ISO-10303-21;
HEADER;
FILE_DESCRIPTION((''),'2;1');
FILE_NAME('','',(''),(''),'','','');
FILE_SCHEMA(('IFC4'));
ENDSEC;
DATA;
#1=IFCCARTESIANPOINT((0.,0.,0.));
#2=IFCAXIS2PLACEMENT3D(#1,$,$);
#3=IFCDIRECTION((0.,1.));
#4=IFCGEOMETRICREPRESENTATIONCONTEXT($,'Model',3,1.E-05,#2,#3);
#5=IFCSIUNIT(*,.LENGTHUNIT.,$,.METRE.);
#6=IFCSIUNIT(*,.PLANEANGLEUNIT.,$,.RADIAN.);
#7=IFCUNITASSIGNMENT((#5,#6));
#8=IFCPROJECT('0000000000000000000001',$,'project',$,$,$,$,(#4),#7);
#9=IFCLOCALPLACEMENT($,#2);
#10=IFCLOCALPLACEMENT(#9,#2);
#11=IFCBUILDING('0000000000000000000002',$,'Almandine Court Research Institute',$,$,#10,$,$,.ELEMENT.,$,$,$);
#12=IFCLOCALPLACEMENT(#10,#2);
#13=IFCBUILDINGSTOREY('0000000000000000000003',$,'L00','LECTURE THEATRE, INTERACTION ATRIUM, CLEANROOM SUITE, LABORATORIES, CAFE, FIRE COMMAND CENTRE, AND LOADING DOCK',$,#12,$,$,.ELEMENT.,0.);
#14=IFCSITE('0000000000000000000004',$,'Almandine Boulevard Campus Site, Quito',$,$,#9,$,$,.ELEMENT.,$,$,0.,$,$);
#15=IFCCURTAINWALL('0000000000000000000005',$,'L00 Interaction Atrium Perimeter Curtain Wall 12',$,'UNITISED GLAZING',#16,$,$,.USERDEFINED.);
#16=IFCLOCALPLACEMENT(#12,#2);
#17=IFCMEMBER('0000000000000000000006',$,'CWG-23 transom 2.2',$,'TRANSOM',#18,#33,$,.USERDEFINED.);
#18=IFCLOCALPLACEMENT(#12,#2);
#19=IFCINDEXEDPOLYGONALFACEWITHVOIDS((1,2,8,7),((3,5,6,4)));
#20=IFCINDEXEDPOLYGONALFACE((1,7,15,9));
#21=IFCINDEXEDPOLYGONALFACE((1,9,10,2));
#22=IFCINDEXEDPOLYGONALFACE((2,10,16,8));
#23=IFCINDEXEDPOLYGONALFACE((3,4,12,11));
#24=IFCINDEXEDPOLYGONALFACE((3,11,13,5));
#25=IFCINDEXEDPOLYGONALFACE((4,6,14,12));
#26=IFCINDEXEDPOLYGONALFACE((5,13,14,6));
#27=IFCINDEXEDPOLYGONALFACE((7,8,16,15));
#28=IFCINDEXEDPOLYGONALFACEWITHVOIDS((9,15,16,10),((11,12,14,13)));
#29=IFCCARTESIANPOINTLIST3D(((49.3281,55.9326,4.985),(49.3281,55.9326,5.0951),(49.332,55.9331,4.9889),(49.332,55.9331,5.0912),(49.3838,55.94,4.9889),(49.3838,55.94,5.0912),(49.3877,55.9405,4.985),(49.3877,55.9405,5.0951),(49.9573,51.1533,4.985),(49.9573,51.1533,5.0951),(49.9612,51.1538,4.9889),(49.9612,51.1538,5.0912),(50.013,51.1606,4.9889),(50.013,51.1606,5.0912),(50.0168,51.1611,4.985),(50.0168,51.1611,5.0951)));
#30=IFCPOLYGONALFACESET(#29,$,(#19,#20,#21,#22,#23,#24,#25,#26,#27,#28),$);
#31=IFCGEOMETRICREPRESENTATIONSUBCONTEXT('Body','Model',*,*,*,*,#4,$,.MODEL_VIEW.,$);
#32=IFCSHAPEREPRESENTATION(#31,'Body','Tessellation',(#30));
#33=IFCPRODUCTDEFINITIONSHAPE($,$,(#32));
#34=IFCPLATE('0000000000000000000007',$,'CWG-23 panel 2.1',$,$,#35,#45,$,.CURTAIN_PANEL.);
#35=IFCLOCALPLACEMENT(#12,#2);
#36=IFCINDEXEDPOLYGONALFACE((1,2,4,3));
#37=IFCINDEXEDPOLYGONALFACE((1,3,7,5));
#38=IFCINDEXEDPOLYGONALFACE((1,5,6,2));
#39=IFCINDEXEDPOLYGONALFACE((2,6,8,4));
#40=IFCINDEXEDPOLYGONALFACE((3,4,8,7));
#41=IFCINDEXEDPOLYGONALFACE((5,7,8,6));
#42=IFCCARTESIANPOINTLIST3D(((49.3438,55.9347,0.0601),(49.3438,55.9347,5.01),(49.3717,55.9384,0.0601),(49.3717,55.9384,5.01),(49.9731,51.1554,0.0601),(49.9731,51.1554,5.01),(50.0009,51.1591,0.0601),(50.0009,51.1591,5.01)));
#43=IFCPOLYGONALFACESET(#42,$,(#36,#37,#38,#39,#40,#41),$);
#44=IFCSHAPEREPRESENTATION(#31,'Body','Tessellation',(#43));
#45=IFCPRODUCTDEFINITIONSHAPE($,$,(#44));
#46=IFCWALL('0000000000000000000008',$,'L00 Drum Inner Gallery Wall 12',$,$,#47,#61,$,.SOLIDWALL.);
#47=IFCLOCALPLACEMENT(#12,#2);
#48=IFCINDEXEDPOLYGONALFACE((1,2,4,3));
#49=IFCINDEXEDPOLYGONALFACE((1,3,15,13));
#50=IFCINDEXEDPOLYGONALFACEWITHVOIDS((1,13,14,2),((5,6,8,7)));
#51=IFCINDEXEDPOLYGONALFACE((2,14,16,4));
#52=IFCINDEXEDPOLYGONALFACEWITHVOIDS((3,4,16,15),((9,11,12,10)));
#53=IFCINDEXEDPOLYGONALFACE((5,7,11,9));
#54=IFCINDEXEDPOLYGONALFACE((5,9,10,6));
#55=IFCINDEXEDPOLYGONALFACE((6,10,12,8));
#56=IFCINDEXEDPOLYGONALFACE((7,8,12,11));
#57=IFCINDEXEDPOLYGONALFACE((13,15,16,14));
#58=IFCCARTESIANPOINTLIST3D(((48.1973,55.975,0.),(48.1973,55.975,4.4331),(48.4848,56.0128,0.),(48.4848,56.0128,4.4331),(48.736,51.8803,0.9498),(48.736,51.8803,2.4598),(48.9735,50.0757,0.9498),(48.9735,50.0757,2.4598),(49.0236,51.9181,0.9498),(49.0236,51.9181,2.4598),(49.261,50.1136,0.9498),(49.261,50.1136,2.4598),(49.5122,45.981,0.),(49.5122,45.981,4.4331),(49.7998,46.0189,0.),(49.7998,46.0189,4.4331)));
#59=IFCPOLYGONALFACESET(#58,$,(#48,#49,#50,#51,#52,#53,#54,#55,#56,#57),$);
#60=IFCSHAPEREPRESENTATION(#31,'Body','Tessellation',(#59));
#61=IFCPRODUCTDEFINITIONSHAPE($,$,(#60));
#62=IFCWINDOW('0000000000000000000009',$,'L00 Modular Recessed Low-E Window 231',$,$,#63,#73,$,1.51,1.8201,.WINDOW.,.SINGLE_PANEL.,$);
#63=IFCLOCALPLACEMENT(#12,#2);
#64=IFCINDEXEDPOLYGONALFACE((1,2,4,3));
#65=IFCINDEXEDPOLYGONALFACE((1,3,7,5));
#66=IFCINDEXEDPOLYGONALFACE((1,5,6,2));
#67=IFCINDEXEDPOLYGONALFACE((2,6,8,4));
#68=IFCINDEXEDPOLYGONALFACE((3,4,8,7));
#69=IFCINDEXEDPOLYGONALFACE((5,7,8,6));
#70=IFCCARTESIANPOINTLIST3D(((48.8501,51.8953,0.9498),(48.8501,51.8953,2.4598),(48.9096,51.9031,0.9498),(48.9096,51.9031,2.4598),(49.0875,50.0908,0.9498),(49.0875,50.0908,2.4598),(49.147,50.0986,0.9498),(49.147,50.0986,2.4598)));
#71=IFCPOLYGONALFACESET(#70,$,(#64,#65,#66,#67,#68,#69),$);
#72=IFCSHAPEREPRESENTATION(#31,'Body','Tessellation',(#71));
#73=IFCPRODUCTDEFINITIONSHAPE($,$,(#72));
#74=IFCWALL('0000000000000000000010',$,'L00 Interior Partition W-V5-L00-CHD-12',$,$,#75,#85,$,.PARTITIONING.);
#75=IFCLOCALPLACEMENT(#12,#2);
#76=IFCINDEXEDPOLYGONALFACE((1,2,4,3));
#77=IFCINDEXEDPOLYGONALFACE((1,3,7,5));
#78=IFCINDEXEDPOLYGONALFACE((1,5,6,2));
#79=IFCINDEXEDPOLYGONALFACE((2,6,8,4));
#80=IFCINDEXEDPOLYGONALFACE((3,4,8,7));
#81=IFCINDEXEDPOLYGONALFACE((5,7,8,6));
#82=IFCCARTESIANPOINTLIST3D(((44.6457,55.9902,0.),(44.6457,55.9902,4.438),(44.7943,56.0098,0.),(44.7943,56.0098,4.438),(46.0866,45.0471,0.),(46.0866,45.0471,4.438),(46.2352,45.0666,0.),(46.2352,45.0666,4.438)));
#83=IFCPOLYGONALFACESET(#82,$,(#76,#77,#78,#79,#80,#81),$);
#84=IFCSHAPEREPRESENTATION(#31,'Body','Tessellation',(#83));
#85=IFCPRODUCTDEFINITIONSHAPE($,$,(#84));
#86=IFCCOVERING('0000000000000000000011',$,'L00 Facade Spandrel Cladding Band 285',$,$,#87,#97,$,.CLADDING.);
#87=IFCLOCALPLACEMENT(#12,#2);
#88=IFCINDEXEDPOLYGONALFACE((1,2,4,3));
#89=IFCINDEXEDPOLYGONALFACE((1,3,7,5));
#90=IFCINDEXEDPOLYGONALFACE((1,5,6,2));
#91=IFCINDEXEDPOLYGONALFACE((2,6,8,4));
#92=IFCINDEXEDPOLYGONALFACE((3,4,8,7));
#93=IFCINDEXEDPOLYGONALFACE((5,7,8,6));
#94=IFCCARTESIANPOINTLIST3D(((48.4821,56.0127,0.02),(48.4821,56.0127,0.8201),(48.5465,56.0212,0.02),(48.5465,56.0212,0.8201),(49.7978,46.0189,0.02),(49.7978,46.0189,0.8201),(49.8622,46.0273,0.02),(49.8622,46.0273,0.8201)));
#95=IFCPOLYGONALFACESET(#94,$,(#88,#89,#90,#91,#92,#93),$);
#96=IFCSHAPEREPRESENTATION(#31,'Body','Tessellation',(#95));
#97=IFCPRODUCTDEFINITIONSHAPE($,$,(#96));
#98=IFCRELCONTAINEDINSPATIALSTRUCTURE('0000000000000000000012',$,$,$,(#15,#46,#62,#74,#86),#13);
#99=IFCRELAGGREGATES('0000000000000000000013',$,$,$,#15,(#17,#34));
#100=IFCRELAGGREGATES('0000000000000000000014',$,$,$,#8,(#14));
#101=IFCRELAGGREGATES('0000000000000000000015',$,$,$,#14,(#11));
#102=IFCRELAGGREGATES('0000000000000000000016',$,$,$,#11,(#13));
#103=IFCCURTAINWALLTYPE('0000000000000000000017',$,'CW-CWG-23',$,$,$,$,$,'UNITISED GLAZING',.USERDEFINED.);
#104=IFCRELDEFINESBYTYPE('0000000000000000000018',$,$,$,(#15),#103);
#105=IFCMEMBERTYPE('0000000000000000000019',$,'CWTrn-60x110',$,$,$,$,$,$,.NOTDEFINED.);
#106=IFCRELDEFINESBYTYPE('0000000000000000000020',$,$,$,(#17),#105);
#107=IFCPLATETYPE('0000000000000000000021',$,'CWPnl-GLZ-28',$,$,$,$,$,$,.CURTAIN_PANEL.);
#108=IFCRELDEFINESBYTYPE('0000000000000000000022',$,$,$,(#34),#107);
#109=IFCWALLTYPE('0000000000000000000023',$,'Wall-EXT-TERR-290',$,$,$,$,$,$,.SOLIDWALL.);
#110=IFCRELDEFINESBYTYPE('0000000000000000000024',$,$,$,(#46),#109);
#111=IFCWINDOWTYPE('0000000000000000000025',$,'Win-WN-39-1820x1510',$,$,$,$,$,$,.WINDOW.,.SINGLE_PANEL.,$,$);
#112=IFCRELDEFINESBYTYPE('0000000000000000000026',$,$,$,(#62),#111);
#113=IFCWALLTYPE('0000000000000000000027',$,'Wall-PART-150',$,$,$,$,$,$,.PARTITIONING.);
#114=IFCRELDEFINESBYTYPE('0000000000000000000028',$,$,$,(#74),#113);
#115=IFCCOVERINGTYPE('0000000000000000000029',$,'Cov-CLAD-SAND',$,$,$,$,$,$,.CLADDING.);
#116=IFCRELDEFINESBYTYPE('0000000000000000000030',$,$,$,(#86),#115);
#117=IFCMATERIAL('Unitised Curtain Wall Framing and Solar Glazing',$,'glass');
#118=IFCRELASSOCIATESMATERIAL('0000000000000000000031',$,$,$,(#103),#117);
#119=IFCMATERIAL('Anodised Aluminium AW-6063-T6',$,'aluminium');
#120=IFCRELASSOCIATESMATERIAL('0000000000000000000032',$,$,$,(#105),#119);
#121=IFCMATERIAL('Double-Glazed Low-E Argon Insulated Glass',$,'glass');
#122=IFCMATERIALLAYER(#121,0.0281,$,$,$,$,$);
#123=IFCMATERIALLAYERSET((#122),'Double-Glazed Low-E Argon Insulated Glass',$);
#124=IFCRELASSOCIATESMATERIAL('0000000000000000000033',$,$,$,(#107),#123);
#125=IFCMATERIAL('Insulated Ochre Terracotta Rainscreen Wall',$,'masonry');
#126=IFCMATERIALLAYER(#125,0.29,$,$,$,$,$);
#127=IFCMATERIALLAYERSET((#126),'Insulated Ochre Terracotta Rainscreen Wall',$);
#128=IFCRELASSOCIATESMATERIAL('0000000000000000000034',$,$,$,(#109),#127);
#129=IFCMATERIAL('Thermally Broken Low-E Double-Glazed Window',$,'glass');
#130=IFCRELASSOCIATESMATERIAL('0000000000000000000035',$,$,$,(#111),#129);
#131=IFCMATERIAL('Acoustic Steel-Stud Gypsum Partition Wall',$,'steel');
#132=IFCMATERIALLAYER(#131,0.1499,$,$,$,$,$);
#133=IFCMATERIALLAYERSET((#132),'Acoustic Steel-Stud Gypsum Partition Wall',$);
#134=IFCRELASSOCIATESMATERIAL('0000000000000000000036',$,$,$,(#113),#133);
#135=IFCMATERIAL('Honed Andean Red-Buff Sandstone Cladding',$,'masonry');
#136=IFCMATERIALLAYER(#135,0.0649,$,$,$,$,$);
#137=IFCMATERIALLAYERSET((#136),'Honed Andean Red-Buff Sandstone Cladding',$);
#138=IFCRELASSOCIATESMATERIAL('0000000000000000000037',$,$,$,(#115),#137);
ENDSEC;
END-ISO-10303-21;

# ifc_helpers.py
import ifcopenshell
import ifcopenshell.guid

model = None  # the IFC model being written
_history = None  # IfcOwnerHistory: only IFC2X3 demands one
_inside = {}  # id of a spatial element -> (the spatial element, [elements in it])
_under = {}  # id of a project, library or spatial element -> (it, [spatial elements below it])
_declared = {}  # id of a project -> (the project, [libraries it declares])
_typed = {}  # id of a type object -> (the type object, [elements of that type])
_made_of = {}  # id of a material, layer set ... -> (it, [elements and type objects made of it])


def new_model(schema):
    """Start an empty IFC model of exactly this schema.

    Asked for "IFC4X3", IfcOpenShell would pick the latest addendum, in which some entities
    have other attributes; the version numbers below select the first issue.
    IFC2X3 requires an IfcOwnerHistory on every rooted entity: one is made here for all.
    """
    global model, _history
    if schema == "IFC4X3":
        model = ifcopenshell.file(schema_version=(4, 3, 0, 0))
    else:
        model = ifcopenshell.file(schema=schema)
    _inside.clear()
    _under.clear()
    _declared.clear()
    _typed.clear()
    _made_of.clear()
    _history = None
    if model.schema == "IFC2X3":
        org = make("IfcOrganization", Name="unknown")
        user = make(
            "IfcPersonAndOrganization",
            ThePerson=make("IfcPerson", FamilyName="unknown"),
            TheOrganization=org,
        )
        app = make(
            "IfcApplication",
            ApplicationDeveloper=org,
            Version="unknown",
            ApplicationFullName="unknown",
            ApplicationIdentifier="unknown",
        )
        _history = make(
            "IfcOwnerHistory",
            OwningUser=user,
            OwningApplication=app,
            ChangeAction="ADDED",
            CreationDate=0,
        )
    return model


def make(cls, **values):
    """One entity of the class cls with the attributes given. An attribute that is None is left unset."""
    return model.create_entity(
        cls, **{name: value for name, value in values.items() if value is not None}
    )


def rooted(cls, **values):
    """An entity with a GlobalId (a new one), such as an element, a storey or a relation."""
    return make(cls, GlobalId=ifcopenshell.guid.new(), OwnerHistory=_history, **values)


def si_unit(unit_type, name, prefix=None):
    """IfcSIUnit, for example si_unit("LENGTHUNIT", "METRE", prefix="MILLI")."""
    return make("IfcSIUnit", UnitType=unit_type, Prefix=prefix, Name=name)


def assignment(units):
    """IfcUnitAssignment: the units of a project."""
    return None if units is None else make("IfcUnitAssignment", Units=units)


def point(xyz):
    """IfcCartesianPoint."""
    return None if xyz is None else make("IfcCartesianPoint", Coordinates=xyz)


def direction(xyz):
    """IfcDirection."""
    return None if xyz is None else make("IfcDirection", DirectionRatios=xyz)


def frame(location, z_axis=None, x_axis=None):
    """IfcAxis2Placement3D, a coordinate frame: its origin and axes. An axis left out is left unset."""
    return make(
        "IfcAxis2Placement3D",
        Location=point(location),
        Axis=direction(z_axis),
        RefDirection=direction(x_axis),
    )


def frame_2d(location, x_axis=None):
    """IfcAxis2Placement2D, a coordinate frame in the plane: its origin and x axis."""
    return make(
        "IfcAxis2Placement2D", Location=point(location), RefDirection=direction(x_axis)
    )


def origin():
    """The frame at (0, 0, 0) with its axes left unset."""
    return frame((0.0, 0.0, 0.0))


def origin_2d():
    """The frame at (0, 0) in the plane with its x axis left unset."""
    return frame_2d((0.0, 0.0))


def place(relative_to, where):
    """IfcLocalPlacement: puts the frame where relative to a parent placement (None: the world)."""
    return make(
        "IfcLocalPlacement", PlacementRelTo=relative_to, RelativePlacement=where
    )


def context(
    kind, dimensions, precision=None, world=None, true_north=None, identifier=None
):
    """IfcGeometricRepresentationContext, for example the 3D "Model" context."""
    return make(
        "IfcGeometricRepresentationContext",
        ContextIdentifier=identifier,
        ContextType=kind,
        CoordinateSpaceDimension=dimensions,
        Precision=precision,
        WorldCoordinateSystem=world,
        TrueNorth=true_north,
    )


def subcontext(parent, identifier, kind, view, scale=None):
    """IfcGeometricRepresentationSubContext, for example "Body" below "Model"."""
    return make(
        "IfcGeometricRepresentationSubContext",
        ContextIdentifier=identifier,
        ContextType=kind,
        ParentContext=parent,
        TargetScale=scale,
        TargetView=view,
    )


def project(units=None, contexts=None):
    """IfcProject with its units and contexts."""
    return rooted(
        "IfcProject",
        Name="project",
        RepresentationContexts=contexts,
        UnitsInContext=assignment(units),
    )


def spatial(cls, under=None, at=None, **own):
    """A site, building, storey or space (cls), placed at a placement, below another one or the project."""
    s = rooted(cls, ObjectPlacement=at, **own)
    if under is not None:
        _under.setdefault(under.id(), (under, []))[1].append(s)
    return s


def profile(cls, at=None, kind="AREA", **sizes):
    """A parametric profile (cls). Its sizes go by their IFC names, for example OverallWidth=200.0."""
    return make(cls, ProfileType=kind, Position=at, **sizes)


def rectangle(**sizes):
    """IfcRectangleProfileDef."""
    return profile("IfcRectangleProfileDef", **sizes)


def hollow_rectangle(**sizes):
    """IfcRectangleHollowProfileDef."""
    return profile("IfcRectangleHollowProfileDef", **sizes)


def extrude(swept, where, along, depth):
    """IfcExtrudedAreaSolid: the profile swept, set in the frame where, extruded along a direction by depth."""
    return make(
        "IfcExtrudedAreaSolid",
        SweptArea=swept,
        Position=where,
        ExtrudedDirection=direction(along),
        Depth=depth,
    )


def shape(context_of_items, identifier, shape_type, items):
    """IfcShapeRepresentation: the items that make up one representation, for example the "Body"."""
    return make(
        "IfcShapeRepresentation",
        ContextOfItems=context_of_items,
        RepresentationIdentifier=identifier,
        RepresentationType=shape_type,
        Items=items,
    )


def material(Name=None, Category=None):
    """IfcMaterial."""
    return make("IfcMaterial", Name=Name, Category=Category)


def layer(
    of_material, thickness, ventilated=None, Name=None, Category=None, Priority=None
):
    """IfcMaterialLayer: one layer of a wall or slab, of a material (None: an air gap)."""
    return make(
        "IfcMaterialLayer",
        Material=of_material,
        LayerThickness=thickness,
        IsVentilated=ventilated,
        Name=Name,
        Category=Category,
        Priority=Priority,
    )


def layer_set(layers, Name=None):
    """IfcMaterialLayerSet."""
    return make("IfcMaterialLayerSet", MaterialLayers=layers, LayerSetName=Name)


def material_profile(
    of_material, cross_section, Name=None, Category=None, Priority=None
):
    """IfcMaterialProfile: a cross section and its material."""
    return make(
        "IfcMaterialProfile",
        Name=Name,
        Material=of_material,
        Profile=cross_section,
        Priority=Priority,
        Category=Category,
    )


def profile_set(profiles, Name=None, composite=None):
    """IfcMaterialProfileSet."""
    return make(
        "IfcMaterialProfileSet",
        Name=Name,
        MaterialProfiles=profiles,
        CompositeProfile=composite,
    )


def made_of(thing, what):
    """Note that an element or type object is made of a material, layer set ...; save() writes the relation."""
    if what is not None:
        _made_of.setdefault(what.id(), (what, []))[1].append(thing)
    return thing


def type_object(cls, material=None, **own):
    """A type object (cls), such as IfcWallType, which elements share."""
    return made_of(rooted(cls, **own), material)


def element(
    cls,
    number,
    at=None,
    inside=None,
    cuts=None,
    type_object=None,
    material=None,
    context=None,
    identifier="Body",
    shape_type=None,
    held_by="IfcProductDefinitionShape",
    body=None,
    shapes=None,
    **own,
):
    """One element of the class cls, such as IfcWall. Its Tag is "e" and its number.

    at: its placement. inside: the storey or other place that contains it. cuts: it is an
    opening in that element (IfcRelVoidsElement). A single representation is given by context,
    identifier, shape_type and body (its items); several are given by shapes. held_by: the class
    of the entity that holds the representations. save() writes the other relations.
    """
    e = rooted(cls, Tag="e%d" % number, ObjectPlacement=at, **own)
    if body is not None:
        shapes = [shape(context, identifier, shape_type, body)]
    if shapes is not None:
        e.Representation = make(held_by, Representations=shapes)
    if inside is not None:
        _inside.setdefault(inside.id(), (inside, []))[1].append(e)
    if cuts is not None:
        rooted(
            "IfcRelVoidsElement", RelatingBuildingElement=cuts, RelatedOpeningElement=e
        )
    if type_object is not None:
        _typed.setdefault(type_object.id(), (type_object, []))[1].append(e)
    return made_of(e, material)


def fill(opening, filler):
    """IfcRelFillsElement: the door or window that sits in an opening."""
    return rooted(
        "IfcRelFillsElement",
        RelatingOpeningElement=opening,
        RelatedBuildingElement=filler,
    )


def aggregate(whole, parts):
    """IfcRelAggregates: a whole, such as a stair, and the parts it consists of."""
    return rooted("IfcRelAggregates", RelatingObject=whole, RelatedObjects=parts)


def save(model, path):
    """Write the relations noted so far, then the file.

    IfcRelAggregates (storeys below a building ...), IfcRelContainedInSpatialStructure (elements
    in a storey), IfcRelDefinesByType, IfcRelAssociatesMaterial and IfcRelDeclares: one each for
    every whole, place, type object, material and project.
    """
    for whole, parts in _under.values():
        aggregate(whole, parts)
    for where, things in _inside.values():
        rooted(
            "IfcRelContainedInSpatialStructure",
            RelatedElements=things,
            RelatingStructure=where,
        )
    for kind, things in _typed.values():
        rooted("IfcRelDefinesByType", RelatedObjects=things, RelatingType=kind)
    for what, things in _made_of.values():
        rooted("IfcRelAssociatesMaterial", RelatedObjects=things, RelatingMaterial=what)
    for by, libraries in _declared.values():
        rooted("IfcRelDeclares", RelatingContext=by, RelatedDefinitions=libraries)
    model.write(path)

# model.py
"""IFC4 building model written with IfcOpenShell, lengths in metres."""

from ifc_helpers import new_model, si_unit, direction, frame, frame_2d, origin, origin_2d, place, context, subcontext, project, spatial, rectangle, hollow_rectangle, extrude, material, layer, layer_set, material_profile, profile_set, type_object, element, fill, aggregate, save


model = new_model("IFC4")

# Units and contexts
model_context = context("Model", 3, precision=1e-05, world=origin(), true_north=direction((0.0, 1.0)))
body_context = subcontext(model_context, "Body", "Model", "MODEL_VIEW")
ifc_project = project(units=[si_unit("LENGTHUNIT", "METRE"), si_unit("PLANEANGLEUNIT", "RADIAN")], contexts=[model_context])

# Site, building, storey
site_placement = place(None, origin())
site = spatial("IfcSite", under=ifc_project, at=site_placement, Name="Almandine Boulevard Campus Site, Quito", CompositionType="ELEMENT", RefElevation=0.0)
building_placement = place(site_placement, origin())
building = spatial("IfcBuilding", under=site, at=building_placement, Name="Almandine Court Research Institute", CompositionType="ELEMENT")
storey_placement = place(building_placement, origin())
storey = spatial("IfcBuildingStorey", under=building, at=storey_placement, Name="L00", Description="LECTURE THEATRE, INTERACTION ATRIUM, CLEANROOM SUITE, LABORATORIES, CAFE, FIRE COMMAND CENTRE, AND LOADING DOCK", CompositionType="ELEMENT", Elevation=0.0)

# Curtain wall, member, plate
ifc_material_1 = material(Name="Unitised Curtain Wall Framing and Solar Glazing", Category="glass")
curtain_wall_type = type_object("IfcCurtainWallType", Name="CW-CWG-23", ElementType="UNITISED GLAZING", PredefinedType="USERDEFINED", material=ifc_material_1)
curtain_wall_placement = place(storey_placement, origin())
curtain_wall = element("IfcCurtainWall", 1, at=curtain_wall_placement, inside=storey, type_object=curtain_wall_type, Name="L00 Interaction Atrium Perimeter Curtain Wall 12", ObjectType="UNITISED GLAZING", PredefinedType="USERDEFINED")
ifc_material_2 = material(Name="Anodised Aluminium AW-6063-T6", Category="aluminium")
ifc_material_profile_1 = material_profile(ifc_material_2, hollow_rectangle(XDim=0.0601, YDim=0.1101, WallThickness=0.0039, at=origin_2d()), Name="ALU RHS 60x110x4")
ifc_profile_set_1 = profile_set([ifc_material_profile_1], Name="Anodised Aluminium AW-6063-T6")
member_type_1 = type_object("IfcMemberType", Name="CWTrn-60x110", PredefinedType="NOTDEFINED", material=ifc_profile_set_1)
member_1_placement = place(storey_placement, frame((49.9871, 51.1572, 5.04), z_axis=(-0.130515, 0.991446, 0.0), x_axis=(-0.991446, -0.130515, 0.0)))
member_1 = element("IfcMember", 2, at=member_1_placement, type_object=member_type_1, Name="CWG-23 transom 2.2", ObjectType="TRANSOM", PredefinedType="USERDEFINED", context=body_context, shape_type="SweptSolid", body=[
    extrude(hollow_rectangle(XDim=0.0601, YDim=0.1101, WallThickness=0.0039, at=origin_2d()), origin(), (0.0, 0.0, 1.0), 4.8206),
])
ifc_material_3 = material(Name="Double-Glazed Low-E Argon Insulated Glass", Category="glass")
ifc_layer_1 = layer(ifc_material_3, 0.0281)
ifc_layer_set_1 = layer_set([ifc_layer_1], Name="Double-Glazed Low-E Argon Insulated Glass")
plate_type = type_object("IfcPlateType", Name="CWPnl-GLZ-28", PredefinedType="CURTAIN_PANEL", material=ifc_layer_set_1)
plate_placement = place(storey_placement, frame((49.6724, 53.5469, 0.0601), z_axis=(0.0, 0.0, 1.0), x_axis=(-0.130536, 0.991444, 0.0)))
plate = element("IfcPlate", 3, at=plate_placement, type_object=plate_type, Name="CWG-23 panel 2.1", PredefinedType="CURTAIN_PANEL", context=body_context, shape_type="SweptSolid", body=[
    extrude(rectangle(XDim=4.8206, YDim=0.0281, at=origin_2d()), origin(), (0.0, 0.0, 1.0), 4.95),
])
aggregate(curtain_wall, [member_1, plate])

# Wall, opening, window
ifc_material_4 = material(Name="Insulated Ochre Terracotta Rainscreen Wall", Category="masonry")
ifc_layer_2 = layer(ifc_material_4, 0.29)
ifc_layer_set_2 = layer_set([ifc_layer_2], Name="Insulated Ochre Terracotta Rainscreen Wall")
wall_type_1 = type_object("IfcWallType", Name="Wall-EXT-TERR-290", PredefinedType="SOLIDWALL", material=ifc_layer_set_2)
wall_1_placement = place(storey_placement, frame((48.3411, 55.9939, 0.0), z_axis=(0.0, 0.0, 1.0), x_axis=(0.13045, -0.991455, 0.0)))
wall_1 = element("IfcWall", 4, at=wall_1_placement, inside=storey, type_object=wall_type_1, Name="L00 Drum Inner Gallery Wall 12", PredefinedType="SOLIDWALL", context=body_context, shape_type="SweptSolid", body=[
    extrude(rectangle(XDim=10.0801, YDim=0.29, at=frame_2d((5.04, 0.0))), origin(), (0.0, 0.0, 1.0), 4.4331),
])
opening_placement = place(wall_1_placement, frame((4.1299, 0.0, 0.95)))
opening = element("IfcOpeningElement", 5, at=opening_placement, cuts=wall_1, PredefinedType="OPENING", context=body_context, shape_type="SweptSolid", body=[
    extrude(rectangle(XDim=1.8201, YDim=1.51, at=frame_2d((0.9102, 0.7549))), frame((0.0, 0.155, 0.0), z_axis=(0.0, -1.0, 0.0), x_axis=(1.0, 0.0, 0.0)), (0.0, 0.0, 1.0), 0.3101),
])
ifc_material_5 = material(Name="Thermally Broken Low-E Double-Glazed Window", Category="glass")
window_type = type_object("IfcWindowType", Name="Win-WN-39-1820x1510", PartitioningType="SINGLE_PANEL", PredefinedType="WINDOW", material=ifc_material_5)
window_placement = place(opening_placement, origin())
window = element("IfcWindow", 6, at=window_placement, inside=storey, type_object=window_type, Name="L00 Modular Recessed Low-E Window 231", OverallHeight=1.51, OverallWidth=1.8201, PartitioningType="SINGLE_PANEL", PredefinedType="WINDOW", context=body_context, shape_type="SweptSolid", body=[
    extrude(rectangle(XDim=1.8201, YDim=1.51, at=frame_2d((0.9102, 0.7549))), frame((0.0, 0.03, 0.0), z_axis=(0.0, -1.0, 0.0), x_axis=(1.0, 0.0, 0.0)), (0.0, 0.0, 1.0), 0.0601),
])
fill(opening, window)

# Wall
ifc_material_6 = material(Name="Acoustic Steel-Stud Gypsum Partition Wall", Category="steel")
ifc_layer_3 = layer(ifc_material_6, 0.1499)
ifc_layer_set_3 = layer_set([ifc_layer_3], Name="Acoustic Steel-Stud Gypsum Partition Wall")
wall_type_2 = type_object("IfcWallType", Name="Wall-PART-150", PredefinedType="PARTITIONING", material=ifc_layer_set_3)
wall_2_placement = place(storey_placement, frame((44.72, 56.0, 0.0), z_axis=(0.0, 0.0, 1.0), x_axis=(0.130547, -0.991442, 0.0)))
element("IfcWall", 7, at=wall_2_placement, inside=storey, type_object=wall_type_2, Name="L00 Interior Partition W-V5-L00-CHD-12", PredefinedType="PARTITIONING", context=body_context, shape_type="SweptSolid", body=[
    extrude(rectangle(XDim=11.0376, YDim=0.1499, at=frame_2d((5.5188, 0.0))), origin(), (0.0, 0.0, 1.0), 4.438),
])

# Covering
ifc_material_7 = material(Name="Honed Andean Red-Buff Sandstone Cladding", Category="masonry")
ifc_layer_4 = layer(ifc_material_7, 0.0649)
ifc_layer_set_4 = layer_set([ifc_layer_4], Name="Honed Andean Red-Buff Sandstone Cladding")
covering_type = type_object("IfcCoveringType", Name="Cov-CLAD-SAND", PredefinedType="CLADDING", material=ifc_layer_set_4)
covering_placement = place(storey_placement, frame((49.1721, 51.02, 0.02), z_axis=(0.0, 0.0, 1.0), x_axis=(0.130526, -0.991445, 0.0)))
element("IfcCovering", 8, at=covering_placement, inside=storey, type_object=covering_type, Name="L00 Facade Spandrel Cladding Band 285", PredefinedType="CLADDING", context=body_context, shape_type="SweptSolid", body=[
    extrude(rectangle(XDim=10.0801, YDim=0.0649, at=origin_2d()), origin(), (0.0, 0.0, 1.0), 0.8),
])

save(model, "model.ifc")
